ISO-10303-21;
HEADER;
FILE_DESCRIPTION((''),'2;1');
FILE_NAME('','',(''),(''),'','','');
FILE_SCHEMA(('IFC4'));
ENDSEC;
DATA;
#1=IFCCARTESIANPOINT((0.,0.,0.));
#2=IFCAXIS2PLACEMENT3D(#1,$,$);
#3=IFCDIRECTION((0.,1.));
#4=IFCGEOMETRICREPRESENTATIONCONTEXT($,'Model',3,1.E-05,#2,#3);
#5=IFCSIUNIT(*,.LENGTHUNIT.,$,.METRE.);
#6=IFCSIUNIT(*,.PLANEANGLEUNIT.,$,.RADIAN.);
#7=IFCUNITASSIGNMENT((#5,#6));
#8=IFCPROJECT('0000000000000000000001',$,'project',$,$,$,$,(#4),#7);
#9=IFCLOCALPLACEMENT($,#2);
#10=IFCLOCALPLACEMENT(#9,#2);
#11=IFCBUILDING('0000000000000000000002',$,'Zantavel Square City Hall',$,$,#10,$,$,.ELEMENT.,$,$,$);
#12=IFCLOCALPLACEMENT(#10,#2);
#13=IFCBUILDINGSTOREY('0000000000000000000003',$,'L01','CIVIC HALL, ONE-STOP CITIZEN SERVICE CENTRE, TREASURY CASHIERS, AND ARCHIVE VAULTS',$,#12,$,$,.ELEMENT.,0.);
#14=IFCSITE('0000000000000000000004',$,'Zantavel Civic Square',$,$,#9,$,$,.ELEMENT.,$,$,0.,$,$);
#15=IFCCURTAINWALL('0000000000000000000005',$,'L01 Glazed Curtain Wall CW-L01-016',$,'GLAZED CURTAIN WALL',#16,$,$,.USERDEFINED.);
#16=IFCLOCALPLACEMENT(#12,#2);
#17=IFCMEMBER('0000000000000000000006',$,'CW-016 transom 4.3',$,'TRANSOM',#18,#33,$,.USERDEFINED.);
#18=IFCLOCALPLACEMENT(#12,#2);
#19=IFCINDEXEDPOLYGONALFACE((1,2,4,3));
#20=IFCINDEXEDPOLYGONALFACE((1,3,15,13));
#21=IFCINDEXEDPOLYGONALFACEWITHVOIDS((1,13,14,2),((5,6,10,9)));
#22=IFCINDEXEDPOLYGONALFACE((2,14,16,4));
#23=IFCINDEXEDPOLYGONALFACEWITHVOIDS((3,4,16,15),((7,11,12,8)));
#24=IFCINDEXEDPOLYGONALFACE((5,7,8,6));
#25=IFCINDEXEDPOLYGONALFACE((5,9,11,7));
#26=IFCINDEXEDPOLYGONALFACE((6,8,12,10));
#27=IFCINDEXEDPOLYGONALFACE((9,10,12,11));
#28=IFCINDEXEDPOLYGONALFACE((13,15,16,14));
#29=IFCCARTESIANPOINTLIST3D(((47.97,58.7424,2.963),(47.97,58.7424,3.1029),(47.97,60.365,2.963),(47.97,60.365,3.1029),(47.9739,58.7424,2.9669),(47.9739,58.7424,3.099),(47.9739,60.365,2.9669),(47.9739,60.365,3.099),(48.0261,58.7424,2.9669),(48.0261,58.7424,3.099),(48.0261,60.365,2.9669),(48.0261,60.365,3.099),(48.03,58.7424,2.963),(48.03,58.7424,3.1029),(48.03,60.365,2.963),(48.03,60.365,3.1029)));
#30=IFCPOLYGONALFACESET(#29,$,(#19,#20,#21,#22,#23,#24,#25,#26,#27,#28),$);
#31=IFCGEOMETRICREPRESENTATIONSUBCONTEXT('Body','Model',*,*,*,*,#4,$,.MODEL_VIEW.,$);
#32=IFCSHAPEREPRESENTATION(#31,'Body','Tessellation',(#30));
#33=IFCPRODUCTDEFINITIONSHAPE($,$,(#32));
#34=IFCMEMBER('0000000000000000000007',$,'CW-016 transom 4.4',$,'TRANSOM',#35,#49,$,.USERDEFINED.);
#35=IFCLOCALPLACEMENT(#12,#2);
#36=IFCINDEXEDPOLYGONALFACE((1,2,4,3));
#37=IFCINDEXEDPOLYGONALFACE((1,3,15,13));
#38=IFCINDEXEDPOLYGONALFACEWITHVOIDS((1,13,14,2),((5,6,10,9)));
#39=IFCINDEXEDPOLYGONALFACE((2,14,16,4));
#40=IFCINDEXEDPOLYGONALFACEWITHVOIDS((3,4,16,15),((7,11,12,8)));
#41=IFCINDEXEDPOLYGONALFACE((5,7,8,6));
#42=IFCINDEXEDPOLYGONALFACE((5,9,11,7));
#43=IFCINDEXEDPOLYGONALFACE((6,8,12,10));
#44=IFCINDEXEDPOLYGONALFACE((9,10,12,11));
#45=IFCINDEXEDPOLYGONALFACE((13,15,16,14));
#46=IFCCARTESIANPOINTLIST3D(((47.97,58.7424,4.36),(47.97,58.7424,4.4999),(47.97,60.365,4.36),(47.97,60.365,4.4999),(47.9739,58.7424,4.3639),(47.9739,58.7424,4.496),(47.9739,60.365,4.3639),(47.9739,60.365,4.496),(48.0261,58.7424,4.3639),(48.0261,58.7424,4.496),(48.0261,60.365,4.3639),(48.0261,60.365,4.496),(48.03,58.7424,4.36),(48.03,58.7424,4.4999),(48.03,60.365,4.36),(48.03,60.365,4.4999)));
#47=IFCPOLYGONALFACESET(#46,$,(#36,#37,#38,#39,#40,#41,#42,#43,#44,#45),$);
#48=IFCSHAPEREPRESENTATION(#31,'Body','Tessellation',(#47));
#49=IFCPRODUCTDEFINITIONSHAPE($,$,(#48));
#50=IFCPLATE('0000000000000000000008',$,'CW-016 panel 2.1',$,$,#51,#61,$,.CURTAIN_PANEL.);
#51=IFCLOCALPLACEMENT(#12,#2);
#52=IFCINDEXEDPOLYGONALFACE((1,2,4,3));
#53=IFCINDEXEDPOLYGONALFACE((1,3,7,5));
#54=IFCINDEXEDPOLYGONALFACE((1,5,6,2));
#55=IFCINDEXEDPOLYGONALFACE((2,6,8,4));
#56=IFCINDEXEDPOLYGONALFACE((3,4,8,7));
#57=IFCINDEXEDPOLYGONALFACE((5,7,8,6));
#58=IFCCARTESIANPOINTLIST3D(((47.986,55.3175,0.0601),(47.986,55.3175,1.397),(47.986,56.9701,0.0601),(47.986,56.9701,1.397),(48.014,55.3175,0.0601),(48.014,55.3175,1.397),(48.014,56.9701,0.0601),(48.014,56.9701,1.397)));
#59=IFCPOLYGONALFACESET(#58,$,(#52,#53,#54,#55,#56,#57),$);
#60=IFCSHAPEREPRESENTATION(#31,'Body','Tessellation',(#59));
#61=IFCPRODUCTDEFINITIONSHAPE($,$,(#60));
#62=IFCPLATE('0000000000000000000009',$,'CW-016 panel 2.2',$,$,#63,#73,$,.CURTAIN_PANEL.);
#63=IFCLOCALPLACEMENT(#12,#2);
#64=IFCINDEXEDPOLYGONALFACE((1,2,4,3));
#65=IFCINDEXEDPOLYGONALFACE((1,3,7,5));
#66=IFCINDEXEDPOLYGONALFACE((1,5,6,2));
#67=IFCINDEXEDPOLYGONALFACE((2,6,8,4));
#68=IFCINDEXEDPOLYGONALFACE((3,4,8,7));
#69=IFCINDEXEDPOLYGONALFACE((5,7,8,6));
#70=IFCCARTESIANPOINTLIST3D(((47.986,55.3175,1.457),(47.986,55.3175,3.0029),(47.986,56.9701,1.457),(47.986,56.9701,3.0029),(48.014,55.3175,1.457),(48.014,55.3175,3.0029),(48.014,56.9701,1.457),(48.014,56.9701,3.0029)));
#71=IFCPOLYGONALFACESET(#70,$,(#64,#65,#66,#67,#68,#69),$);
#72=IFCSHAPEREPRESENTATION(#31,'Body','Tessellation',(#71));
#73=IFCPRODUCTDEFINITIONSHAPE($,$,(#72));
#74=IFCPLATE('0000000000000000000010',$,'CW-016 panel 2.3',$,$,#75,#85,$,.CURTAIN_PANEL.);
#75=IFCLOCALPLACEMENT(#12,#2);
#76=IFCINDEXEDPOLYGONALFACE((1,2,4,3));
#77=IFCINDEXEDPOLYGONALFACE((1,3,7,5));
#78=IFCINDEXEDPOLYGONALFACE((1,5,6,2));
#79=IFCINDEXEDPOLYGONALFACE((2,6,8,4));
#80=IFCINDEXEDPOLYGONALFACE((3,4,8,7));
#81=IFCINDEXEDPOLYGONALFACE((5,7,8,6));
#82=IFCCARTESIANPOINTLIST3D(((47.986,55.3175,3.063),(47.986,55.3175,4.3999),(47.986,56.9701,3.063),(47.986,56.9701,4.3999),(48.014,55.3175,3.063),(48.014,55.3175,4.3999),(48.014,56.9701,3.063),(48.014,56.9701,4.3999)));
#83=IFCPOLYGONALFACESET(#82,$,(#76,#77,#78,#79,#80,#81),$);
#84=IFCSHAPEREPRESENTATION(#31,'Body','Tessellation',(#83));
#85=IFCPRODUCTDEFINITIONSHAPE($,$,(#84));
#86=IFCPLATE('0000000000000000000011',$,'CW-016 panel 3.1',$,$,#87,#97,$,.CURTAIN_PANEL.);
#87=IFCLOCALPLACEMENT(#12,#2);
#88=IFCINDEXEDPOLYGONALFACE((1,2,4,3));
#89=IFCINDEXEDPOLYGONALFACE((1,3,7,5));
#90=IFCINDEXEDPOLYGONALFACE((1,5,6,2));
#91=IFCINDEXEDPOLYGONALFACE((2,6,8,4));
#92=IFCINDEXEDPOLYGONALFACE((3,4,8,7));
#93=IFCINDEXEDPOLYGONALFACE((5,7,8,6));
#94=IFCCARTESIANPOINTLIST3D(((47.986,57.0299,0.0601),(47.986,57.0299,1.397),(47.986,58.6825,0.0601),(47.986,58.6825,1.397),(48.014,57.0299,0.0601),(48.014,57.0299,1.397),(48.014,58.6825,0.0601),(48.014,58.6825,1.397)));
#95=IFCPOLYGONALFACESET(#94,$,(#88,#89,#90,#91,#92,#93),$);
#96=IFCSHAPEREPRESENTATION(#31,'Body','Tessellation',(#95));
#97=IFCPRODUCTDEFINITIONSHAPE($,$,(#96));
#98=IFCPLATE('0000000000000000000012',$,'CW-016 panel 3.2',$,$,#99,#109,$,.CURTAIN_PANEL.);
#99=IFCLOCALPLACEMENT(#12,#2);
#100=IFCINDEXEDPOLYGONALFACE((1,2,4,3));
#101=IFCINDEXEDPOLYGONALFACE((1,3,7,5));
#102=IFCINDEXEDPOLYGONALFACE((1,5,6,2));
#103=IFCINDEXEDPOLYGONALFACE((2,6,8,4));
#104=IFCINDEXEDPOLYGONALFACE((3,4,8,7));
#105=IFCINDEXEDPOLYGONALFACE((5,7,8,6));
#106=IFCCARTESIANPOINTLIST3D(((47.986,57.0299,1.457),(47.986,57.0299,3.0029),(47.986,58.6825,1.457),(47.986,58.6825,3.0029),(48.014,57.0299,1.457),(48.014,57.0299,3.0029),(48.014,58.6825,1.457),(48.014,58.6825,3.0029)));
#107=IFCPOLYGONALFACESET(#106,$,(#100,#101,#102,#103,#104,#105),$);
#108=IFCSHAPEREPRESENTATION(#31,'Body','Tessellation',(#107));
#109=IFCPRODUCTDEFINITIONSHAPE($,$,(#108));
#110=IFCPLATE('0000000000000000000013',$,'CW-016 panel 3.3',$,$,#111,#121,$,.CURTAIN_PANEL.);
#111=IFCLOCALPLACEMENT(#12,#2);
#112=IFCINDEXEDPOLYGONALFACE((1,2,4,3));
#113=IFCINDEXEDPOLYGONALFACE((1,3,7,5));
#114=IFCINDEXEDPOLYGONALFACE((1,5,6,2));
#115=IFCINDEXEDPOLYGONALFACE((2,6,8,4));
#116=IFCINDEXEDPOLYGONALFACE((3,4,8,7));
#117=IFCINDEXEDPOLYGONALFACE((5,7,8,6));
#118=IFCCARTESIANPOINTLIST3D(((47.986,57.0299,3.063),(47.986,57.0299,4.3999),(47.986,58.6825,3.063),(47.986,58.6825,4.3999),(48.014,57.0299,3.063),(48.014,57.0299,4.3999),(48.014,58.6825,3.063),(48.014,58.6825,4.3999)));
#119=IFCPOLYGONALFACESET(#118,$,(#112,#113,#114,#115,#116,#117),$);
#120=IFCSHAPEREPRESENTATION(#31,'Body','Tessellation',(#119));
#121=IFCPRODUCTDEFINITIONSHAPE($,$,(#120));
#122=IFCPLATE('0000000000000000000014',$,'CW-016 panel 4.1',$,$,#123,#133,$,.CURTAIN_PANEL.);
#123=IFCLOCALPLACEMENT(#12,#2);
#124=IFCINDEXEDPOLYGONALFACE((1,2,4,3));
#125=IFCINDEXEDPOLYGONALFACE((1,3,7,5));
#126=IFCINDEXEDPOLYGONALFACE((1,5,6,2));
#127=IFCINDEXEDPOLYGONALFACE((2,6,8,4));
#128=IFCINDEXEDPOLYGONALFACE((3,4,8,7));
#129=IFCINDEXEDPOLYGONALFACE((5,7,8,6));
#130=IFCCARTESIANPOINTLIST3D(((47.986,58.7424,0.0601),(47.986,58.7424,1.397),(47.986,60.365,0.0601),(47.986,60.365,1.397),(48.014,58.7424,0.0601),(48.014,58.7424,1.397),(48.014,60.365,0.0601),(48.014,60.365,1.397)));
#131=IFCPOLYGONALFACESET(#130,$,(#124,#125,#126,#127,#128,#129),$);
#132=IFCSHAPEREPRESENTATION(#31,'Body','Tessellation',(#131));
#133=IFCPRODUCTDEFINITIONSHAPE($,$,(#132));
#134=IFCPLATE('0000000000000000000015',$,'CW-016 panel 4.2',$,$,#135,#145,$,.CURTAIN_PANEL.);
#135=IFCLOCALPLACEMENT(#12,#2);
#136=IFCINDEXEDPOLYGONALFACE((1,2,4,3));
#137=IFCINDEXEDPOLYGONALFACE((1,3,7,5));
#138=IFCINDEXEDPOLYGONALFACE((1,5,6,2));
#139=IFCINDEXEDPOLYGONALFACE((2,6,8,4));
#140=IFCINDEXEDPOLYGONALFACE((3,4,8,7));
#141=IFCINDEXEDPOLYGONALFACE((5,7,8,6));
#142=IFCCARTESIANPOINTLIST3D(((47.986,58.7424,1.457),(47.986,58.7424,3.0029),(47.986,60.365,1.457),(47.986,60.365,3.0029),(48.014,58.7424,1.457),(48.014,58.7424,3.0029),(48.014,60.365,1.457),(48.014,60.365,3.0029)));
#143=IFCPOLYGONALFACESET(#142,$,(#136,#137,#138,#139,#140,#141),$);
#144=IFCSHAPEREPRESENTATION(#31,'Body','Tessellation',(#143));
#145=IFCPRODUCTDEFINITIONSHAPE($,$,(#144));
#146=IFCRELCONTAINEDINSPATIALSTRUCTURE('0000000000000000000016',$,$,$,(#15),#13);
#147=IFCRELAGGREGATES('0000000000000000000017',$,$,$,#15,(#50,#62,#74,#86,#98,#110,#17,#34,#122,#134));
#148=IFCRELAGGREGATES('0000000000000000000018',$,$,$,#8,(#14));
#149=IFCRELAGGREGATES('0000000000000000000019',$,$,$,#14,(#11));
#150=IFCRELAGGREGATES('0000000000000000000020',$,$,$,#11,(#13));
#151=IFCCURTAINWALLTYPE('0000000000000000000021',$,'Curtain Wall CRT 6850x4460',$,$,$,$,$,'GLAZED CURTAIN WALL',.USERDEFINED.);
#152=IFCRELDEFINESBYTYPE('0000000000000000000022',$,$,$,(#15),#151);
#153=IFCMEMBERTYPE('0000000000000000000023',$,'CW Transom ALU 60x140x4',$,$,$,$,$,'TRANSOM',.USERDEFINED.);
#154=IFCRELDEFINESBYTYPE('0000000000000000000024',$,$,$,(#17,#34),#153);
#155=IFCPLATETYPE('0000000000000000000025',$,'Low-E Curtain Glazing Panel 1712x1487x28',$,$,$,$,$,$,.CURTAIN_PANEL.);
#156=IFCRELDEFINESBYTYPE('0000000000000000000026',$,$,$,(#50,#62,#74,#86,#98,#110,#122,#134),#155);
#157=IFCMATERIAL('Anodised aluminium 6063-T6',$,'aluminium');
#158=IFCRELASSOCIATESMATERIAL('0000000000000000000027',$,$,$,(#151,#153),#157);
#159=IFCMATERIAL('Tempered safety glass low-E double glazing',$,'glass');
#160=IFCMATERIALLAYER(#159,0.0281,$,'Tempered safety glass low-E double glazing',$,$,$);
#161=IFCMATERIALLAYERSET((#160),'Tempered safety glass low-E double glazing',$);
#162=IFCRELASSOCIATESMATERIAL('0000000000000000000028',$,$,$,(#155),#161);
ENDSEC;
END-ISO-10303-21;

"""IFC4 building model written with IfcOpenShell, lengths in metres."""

from ifc_helpers import new_model, si_unit, direction, frame, origin, origin_2d, place, context, subcontext, project, spatial, rectangle, hollow_rectangle, extrude, material, layer, layer_set, material_profile, profile_set, type_object, element, aggregate, save


model = new_model("IFC4")

# Units and contexts
model_context = context("Model", 3, precision=1e-05, world=origin(), true_north=direction((0.0, 1.0)))
body_context = subcontext(model_context, "Body", "Model", "MODEL_VIEW")
ifc_project = project(units=[si_unit("LENGTHUNIT", "METRE"), si_unit("PLANEANGLEUNIT", "RADIAN")], contexts=[model_context])

# Site, building, storey
site_placement = place(None, origin())
site = spatial("IfcSite", under=ifc_project, at=site_placement, Name="Zantavel Civic Square", CompositionType="ELEMENT", RefElevation=0.0)
building_placement = place(site_placement, origin())
building = spatial("IfcBuilding", under=site, at=building_placement, Name="Zantavel Square City Hall", CompositionType="ELEMENT")
storey_placement = place(building_placement, origin())
storey = spatial("IfcBuildingStorey", under=building, at=storey_placement, Name="L01", Description="CIVIC HALL, ONE-STOP CITIZEN SERVICE CENTRE, TREASURY CASHIERS, AND ARCHIVE VAULTS", CompositionType="ELEMENT", Elevation=0.0)

# Curtain wall, members, plates
ifc_material_1 = material(Name="Anodised aluminium 6063-T6", Category="aluminium")
curtain_wall_type = type_object("IfcCurtainWallType", Name="Curtain Wall CRT 6850x4460", ElementType="GLAZED CURTAIN WALL", PredefinedType="USERDEFINED", material=ifc_material_1)
curtain_wall_placement = place(storey_placement, origin())
curtain_wall = element("IfcCurtainWall", 1, at=curtain_wall_placement, inside=storey, type_object=curtain_wall_type, Name="L01 Glazed Curtain Wall CW-L01-016", ObjectType="GLAZED CURTAIN WALL", PredefinedType="USERDEFINED")
ifc_material_profile_1 = material_profile(ifc_material_1, hollow_rectangle(XDim=0.0601, YDim=0.1399, WallThickness=0.0039, at=origin_2d()), Name="ALU 60x140x4")
ifc_profile_set_1 = profile_set([ifc_material_profile_1], Name="Anodised aluminium 6063-T6")
member_type_1 = type_object("IfcMemberType", Name="CW Transom ALU 60x140x4", ElementType="TRANSOM", PredefinedType="USERDEFINED", material=ifc_profile_set_1)
member_1_placement = place(storey_placement, frame((48.0, 58.7424, 3.033), z_axis=(0.0, 1.0, 0.0), x_axis=(-1.0, 0.0, 0.0)))
member_1 = element("IfcMember", 2, at=member_1_placement, type_object=member_type_1, Name="CW-016 transom 4.3", ObjectType="TRANSOM", PredefinedType="USERDEFINED", context=body_context, shape_type="SweptSolid", body=[
    extrude(hollow_rectangle(XDim=0.0601, YDim=0.1399, WallThickness=0.0039, at=origin_2d()), origin(), (0.0, 0.0, 1.0), 1.6226),
])
member_2_placement = place(storey_placement, frame((48.0, 58.7424, 4.4299), z_axis=(0.0, 1.0, 0.0), x_axis=(-1.0, 0.0, 0.0)))
member_2 = element("IfcMember", 3, at=member_2_placement, type_object=member_type_1, Name="CW-016 transom 4.4", ObjectType="TRANSOM", PredefinedType="USERDEFINED", context=body_context, shape_type="SweptSolid", body=[
    extrude(hollow_rectangle(XDim=0.0601, YDim=0.1399, WallThickness=0.0039, at=origin_2d()), origin(), (0.0, 0.0, 1.0), 1.6226),
])
ifc_material_2 = material(Name="Tempered safety glass low-E double glazing", Category="glass")
ifc_layer = layer(ifc_material_2, 0.0281, Name="Tempered safety glass low-E double glazing")
ifc_layer_set = layer_set([ifc_layer], Name="Tempered safety glass low-E double glazing")
plate_type = type_object("IfcPlateType", Name="Low-E Curtain Glazing Panel 1712x1487x28", PredefinedType="CURTAIN_PANEL", material=ifc_layer_set)
plate_1_placement = place(storey_placement, frame((48.0, 56.1438, 0.0601), z_axis=(0.0, 0.0, 1.0), x_axis=(0.0, 1.0, 0.0)))
plate_1 = element("IfcPlate", 4, at=plate_1_placement, type_object=plate_type, Name="CW-016 panel 2.1", PredefinedType="CURTAIN_PANEL", context=body_context, shape_type="SweptSolid", body=[
    extrude(rectangle(XDim=1.6526, YDim=0.0281, at=origin_2d()), origin(), (0.0, 0.0, 1.0), 1.3369),
])
plate_2_placement = place(storey_placement, frame((48.0, 56.1438, 1.457), z_axis=(0.0, 0.0, 1.0), x_axis=(0.0, 1.0, 0.0)))
plate_2 = element("IfcPlate", 5, at=plate_2_placement, type_object=plate_type, Name="CW-016 panel 2.2", PredefinedType="CURTAIN_PANEL", context=body_context, shape_type="SweptSolid", body=[
    extrude(rectangle(XDim=1.6526, YDim=0.0281, at=origin_2d()), origin(), (0.0, 0.0, 1.0), 1.5459),
])
plate_3_placement = place(storey_placement, frame((48.0, 56.1438, 3.063), z_axis=(0.0, 0.0, 1.0), x_axis=(0.0, 1.0, 0.0)))
plate_3 = element("IfcPlate", 6, at=plate_3_placement, type_object=plate_type, Name="CW-016 panel 2.3", PredefinedType="CURTAIN_PANEL", context=body_context, shape_type="SweptSolid", body=[
    extrude(rectangle(XDim=1.6526, YDim=0.0281, at=origin_2d()), origin(), (0.0, 0.0, 1.0), 1.3369),
])
plate_4_placement = place(storey_placement, frame((48.0, 57.8562, 0.0601), z_axis=(0.0, 0.0, 1.0), x_axis=(0.0, 1.0, 0.0)))
plate_4 = element("IfcPlate", 7, at=plate_4_placement, type_object=plate_type, Name="CW-016 panel 3.1", PredefinedType="CURTAIN_PANEL", context=body_context, shape_type="SweptSolid", body=[
    extrude(rectangle(XDim=1.6526, YDim=0.0281, at=origin_2d()), origin(), (0.0, 0.0, 1.0), 1.3369),
])
plate_5_placement = place(storey_placement, frame((48.0, 57.8562, 1.457), z_axis=(0.0, 0.0, 1.0), x_axis=(0.0, 1.0, 0.0)))
plate_5 = element("IfcPlate", 8, at=plate_5_placement, type_object=plate_type, Name="CW-016 panel 3.2", PredefinedType="CURTAIN_PANEL", context=body_context, shape_type="SweptSolid", body=[
    extrude(rectangle(XDim=1.6526, YDim=0.0281, at=origin_2d()), origin(), (0.0, 0.0, 1.0), 1.5459),
])
plate_6_placement = place(storey_placement, frame((48.0, 57.8562, 3.063), z_axis=(0.0, 0.0, 1.0), x_axis=(0.0, 1.0, 0.0)))
plate_6 = element("IfcPlate", 9, at=plate_6_placement, type_object=plate_type, Name="CW-016 panel 3.3", PredefinedType="CURTAIN_PANEL", context=body_context, shape_type="SweptSolid", body=[
    extrude(rectangle(XDim=1.6526, YDim=0.0281, at=origin_2d()), origin(), (0.0, 0.0, 1.0), 1.3369),
])
plate_7_placement = place(storey_placement, frame((48.0, 59.5537, 0.0601), z_axis=(0.0, 0.0, 1.0), x_axis=(0.0, 1.0, 0.0)))
plate_7 = element("IfcPlate", 10, at=plate_7_placement, type_object=plate_type, Name="CW-016 panel 4.1", PredefinedType="CURTAIN_PANEL", context=body_context, shape_type="SweptSolid", body=[
    extrude(rectangle(XDim=1.6226, YDim=0.0281, at=origin_2d()), origin(), (0.0, 0.0, 1.0), 1.3369),
])
plate_8_placement = place(storey_placement, frame((48.0, 59.5537, 1.457), z_axis=(0.0, 0.0, 1.0), x_axis=(0.0, 1.0, 0.0)))
plate_8 = element("IfcPlate", 11, at=plate_8_placement, type_object=plate_type, Name="CW-016 panel 4.2", PredefinedType="CURTAIN_PANEL", context=body_context, shape_type="SweptSolid", body=[
    extrude(rectangle(XDim=1.6226, YDim=0.0281, at=origin_2d()), origin(), (0.0, 0.0, 1.0), 1.5459),
])
aggregate(curtain_wall, [plate_1, plate_2, plate_3, plate_4, plate_5, plate_6, member_1, member_2, plate_7, plate_8])

save(model, "model.ifc")
